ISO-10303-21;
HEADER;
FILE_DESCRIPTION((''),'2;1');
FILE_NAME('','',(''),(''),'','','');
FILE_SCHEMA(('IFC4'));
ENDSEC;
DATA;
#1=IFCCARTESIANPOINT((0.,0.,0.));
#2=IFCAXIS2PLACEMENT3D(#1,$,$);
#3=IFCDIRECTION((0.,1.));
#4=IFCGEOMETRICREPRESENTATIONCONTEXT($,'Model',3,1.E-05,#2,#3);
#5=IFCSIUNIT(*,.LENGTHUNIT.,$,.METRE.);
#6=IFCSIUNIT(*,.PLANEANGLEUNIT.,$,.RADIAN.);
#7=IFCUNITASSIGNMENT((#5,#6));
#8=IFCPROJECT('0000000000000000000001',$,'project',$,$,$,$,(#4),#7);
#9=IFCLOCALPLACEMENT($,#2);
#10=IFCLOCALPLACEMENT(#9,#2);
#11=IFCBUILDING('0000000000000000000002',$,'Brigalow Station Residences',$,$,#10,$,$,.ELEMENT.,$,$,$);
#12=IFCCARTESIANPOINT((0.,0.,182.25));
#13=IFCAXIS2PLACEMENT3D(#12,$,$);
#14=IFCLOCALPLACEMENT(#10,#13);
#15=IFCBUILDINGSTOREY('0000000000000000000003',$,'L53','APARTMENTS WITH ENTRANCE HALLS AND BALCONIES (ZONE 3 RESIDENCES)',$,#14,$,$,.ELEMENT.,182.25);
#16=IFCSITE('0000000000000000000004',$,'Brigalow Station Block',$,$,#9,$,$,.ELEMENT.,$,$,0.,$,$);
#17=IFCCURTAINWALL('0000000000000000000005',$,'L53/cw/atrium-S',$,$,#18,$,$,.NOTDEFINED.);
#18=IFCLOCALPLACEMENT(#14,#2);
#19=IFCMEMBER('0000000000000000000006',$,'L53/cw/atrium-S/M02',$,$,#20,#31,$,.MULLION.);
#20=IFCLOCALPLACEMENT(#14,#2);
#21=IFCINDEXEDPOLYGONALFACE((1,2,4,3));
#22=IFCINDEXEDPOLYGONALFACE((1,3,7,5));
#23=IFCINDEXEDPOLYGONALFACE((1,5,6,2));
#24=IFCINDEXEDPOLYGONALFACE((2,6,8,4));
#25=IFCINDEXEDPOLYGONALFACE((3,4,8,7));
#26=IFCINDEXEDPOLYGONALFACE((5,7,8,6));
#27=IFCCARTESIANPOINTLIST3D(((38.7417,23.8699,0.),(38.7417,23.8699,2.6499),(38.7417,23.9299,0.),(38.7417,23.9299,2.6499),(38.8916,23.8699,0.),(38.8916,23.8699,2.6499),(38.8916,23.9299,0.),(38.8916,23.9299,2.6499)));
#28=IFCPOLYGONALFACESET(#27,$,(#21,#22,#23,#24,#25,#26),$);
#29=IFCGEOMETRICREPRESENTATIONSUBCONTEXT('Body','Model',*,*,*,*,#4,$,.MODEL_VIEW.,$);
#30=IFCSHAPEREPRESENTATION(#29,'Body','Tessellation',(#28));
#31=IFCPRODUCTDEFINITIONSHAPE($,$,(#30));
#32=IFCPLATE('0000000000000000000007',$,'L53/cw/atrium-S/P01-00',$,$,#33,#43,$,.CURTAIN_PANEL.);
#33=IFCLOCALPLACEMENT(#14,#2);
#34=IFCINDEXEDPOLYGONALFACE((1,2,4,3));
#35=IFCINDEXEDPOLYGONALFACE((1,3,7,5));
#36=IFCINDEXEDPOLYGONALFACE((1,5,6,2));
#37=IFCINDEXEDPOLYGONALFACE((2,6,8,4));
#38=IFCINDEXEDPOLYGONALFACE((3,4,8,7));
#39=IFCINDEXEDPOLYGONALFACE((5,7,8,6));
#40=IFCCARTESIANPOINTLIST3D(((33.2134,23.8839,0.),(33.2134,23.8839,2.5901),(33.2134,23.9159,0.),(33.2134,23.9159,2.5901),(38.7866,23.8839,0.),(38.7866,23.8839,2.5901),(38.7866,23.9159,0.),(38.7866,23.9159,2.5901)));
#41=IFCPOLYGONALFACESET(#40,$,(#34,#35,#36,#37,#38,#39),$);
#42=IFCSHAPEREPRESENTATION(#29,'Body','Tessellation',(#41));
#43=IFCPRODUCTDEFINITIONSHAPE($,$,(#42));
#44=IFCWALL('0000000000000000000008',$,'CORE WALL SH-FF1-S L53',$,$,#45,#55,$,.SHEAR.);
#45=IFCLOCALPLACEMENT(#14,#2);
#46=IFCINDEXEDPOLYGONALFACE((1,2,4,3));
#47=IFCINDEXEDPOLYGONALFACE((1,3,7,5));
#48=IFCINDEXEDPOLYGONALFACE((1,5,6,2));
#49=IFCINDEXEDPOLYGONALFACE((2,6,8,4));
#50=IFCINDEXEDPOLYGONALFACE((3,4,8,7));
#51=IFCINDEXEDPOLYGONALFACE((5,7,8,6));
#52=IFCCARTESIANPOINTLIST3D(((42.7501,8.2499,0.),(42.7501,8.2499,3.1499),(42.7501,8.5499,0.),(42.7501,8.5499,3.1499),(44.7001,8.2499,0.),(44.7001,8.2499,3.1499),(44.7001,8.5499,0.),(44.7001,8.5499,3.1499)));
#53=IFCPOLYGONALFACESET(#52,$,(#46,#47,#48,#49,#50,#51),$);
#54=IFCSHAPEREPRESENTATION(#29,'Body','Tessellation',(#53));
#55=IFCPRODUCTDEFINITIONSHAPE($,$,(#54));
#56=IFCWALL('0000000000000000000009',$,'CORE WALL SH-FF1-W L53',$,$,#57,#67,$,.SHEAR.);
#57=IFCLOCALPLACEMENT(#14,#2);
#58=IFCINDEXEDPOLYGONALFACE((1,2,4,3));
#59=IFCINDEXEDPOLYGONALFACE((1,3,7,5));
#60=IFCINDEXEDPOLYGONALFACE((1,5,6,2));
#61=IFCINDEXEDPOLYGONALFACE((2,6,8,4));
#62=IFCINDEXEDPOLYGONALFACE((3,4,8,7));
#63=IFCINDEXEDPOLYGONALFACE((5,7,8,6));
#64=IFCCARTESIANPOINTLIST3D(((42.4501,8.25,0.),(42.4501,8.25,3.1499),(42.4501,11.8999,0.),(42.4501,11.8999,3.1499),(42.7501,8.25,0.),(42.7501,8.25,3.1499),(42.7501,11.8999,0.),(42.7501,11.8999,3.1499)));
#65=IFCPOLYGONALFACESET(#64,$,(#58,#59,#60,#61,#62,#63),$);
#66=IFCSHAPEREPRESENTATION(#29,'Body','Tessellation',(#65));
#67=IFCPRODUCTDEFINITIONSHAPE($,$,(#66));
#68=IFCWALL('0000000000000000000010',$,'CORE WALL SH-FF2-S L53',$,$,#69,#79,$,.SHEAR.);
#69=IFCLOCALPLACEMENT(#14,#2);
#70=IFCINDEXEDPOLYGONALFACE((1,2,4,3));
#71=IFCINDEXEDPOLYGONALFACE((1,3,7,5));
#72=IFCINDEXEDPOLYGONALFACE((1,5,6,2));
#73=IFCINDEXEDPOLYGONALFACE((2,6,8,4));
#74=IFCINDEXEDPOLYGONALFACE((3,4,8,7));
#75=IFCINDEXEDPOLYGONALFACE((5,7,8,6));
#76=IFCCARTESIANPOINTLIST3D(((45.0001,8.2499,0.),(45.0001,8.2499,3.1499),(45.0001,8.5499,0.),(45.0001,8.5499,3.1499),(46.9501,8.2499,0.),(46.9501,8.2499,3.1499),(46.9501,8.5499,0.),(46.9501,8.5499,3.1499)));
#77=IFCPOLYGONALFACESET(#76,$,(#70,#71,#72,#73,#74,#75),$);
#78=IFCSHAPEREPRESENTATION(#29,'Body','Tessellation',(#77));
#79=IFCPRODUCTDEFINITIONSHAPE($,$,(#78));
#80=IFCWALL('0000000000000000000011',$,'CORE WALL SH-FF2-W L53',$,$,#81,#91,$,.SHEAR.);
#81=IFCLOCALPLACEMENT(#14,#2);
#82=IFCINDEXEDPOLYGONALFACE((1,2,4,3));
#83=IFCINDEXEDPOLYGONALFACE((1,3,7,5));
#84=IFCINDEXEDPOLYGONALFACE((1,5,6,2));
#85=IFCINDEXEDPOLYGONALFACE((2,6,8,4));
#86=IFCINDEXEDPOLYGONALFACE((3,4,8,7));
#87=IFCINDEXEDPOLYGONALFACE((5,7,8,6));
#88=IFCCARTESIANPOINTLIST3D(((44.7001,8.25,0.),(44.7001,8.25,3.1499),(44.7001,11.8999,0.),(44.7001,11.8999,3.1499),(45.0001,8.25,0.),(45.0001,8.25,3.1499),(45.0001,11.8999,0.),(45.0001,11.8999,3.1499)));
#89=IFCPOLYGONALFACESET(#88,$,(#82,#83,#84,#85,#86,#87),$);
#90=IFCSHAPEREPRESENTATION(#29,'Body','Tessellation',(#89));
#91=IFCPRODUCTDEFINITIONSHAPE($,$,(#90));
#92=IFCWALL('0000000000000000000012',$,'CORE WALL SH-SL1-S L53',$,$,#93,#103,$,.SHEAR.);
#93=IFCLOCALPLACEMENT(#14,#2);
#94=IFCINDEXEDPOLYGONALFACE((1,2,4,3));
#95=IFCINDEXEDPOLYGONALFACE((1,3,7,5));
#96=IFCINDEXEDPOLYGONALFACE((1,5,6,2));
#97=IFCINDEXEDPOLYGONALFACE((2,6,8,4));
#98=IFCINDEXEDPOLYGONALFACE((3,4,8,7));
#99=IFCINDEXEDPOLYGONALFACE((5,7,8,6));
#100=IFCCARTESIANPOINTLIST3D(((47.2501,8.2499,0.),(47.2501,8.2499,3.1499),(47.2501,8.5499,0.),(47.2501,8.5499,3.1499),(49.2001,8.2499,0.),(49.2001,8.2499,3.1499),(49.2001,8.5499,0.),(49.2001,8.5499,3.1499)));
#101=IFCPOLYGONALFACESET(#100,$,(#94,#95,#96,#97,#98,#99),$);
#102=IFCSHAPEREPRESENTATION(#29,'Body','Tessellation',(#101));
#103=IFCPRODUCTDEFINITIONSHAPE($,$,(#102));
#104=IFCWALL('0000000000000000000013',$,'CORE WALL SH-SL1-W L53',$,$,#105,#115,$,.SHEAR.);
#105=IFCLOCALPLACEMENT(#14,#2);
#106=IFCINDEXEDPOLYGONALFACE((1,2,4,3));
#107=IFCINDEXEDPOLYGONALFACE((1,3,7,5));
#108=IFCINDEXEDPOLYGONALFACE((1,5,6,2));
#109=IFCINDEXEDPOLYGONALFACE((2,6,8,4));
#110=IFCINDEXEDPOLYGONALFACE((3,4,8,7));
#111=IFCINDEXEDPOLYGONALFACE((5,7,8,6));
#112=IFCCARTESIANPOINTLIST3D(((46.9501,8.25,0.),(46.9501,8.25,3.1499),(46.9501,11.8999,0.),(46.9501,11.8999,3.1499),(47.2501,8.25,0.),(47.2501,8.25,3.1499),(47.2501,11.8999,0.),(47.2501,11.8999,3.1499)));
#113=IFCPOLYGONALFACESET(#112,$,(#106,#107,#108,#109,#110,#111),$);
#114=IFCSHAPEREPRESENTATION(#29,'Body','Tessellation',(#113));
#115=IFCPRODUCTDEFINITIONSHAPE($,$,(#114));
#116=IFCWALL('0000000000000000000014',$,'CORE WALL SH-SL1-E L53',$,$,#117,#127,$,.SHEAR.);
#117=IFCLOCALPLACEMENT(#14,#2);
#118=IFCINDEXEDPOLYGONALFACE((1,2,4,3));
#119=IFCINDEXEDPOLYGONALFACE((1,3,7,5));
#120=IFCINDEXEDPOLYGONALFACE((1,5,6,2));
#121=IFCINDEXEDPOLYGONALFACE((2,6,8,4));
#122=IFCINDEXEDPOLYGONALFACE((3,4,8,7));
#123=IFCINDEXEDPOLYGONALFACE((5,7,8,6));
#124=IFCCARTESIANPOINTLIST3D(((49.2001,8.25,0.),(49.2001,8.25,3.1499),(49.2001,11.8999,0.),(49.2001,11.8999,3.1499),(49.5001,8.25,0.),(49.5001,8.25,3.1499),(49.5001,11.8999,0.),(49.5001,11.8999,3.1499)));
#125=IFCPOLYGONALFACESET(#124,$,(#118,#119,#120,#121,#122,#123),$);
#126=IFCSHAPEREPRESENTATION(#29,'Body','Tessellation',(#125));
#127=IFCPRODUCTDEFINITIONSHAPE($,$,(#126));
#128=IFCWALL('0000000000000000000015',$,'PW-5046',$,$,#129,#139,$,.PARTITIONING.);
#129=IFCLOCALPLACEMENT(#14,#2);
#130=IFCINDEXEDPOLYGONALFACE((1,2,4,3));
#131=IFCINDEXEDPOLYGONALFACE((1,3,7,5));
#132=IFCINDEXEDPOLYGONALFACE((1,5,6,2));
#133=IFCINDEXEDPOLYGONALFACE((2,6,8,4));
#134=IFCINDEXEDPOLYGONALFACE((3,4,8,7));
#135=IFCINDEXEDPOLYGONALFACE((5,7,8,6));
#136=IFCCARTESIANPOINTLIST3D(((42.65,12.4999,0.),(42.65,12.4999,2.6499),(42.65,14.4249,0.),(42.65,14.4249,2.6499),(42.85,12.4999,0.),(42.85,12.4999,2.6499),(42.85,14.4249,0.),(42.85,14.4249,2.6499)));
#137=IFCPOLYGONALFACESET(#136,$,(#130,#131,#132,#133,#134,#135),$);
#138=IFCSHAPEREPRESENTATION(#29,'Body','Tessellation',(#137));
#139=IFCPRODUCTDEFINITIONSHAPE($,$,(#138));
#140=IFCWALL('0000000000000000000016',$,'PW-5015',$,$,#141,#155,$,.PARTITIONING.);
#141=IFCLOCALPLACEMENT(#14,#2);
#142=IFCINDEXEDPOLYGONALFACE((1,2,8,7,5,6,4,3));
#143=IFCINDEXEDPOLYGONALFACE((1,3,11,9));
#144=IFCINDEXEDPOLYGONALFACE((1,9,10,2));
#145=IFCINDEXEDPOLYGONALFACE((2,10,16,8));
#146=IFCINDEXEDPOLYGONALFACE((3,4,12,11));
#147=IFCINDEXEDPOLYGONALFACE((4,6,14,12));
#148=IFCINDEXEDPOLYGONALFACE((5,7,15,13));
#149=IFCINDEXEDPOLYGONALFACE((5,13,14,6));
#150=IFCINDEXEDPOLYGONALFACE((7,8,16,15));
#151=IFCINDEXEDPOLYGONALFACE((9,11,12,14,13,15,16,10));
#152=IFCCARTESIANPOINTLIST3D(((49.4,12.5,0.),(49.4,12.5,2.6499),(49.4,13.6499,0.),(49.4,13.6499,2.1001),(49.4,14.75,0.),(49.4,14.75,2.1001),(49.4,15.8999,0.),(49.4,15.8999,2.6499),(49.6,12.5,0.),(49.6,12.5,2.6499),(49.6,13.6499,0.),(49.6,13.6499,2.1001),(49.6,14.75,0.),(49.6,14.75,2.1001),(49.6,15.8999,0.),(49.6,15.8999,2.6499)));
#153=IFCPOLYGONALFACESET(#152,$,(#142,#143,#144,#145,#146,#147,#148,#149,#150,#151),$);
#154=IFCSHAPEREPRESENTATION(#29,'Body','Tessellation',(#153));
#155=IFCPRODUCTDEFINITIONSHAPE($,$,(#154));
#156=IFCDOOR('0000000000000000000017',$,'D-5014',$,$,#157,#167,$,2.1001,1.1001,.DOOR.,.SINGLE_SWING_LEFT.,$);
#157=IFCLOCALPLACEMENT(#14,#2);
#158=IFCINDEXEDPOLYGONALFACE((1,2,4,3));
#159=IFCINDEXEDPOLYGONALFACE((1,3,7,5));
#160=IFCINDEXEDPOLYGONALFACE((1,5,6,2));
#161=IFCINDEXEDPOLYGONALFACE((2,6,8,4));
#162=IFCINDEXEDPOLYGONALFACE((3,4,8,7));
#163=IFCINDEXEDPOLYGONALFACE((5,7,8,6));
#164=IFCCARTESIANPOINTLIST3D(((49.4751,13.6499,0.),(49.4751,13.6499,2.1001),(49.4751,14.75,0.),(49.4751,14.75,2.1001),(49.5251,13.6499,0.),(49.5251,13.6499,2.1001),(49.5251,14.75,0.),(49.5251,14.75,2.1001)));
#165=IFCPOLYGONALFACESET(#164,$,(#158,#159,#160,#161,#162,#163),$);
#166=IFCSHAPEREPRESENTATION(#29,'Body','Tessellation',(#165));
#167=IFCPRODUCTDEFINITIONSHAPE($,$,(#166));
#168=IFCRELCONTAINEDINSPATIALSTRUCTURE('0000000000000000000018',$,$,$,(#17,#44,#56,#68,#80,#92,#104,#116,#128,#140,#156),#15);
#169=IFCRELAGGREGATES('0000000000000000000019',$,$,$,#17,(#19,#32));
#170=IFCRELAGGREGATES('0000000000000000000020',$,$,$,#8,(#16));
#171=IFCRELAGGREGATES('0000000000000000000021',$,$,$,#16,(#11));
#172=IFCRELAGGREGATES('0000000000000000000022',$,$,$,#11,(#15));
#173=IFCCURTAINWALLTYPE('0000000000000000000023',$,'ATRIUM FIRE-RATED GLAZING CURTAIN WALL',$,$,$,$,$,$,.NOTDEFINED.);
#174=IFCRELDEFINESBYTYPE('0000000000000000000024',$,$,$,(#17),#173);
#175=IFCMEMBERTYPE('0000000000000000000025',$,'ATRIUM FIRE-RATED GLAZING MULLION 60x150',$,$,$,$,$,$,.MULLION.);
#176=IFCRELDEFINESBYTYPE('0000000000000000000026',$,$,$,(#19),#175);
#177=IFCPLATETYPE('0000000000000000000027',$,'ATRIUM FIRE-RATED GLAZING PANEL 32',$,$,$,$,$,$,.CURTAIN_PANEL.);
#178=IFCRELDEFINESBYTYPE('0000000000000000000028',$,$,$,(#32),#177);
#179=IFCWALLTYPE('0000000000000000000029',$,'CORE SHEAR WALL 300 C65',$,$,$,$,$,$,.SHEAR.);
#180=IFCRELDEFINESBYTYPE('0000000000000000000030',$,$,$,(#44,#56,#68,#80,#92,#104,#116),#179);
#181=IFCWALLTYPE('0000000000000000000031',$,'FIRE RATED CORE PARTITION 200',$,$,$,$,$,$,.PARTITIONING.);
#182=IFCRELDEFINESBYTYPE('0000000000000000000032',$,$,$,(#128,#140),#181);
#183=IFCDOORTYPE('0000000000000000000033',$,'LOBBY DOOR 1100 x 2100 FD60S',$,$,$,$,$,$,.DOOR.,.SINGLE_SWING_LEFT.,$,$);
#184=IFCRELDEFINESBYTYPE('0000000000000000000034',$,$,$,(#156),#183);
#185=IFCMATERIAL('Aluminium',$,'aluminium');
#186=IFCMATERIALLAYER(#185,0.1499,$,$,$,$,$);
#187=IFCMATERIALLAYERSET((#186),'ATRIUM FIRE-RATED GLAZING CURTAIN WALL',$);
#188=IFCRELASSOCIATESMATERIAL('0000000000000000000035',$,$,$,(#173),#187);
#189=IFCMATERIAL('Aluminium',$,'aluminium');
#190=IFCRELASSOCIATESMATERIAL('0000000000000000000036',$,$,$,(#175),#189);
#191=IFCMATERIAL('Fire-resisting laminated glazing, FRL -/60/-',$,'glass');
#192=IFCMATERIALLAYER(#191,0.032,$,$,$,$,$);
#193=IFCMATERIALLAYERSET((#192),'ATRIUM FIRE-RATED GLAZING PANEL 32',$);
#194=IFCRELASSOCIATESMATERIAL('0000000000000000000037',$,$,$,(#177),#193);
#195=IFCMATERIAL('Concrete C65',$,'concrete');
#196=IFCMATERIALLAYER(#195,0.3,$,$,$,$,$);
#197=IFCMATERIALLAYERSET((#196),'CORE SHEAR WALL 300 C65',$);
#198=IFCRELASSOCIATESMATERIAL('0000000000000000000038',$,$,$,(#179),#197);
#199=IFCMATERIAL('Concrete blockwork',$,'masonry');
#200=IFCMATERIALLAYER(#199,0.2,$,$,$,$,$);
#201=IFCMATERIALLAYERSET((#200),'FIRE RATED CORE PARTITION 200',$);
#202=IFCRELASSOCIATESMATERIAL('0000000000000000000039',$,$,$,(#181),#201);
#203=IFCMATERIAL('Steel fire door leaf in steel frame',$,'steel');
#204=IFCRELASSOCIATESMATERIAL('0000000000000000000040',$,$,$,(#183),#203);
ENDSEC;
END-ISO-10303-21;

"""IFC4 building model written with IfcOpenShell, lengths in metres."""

from ifc_helpers import new_model, si_unit, direction, frame, frame_2d, origin, origin_2d, place, context, subcontext, project, spatial, rectangle, extrude, material, layer, layer_set, material_profile, profile_set, type_object, element, fill, aggregate, save


model = new_model("IFC4")

# Units and contexts
model_context = context("Model", 3, precision=1e-05, world=origin(), true_north=direction((0.0, 1.0)))
body_context = subcontext(model_context, "Body", "Model", "MODEL_VIEW")
ifc_project = project(units=[si_unit("LENGTHUNIT", "METRE"), si_unit("PLANEANGLEUNIT", "RADIAN")], contexts=[model_context])

# Site, building, storey
site_placement = place(None, origin())
site = spatial("IfcSite", under=ifc_project, at=site_placement, Name="Brigalow Station Block", CompositionType="ELEMENT", RefElevation=0.0)
building_placement = place(site_placement, origin())
building = spatial("IfcBuilding", under=site, at=building_placement, Name="Brigalow Station Residences", CompositionType="ELEMENT")
storey_placement = place(building_placement, frame((0.0, 0.0, 182.25)))
storey = spatial("IfcBuildingStorey", under=building, at=storey_placement, Name="L53", Description="APARTMENTS WITH ENTRANCE HALLS AND BALCONIES (ZONE 3 RESIDENCES)", CompositionType="ELEMENT", Elevation=182.25)

# Curtain wall, member, plate
ifc_material_1 = material(Name="Aluminium", Category="aluminium")
ifc_layer_1 = layer(ifc_material_1, 0.1499)
ifc_layer_set_1 = layer_set([ifc_layer_1], Name="ATRIUM FIRE-RATED GLAZING CURTAIN WALL")
curtain_wall_type = type_object("IfcCurtainWallType", Name="ATRIUM FIRE-RATED GLAZING CURTAIN WALL", PredefinedType="NOTDEFINED", material=ifc_layer_set_1)
curtain_wall_placement = place(storey_placement, origin())
curtain_wall = element("IfcCurtainWall", 1, at=curtain_wall_placement, inside=storey, type_object=curtain_wall_type, Name="L53/cw/atrium-S", PredefinedType="NOTDEFINED")
ifc_material_2 = material(Name="Aluminium", Category="aluminium")
ifc_material_profile = material_profile(ifc_material_2, rectangle(XDim=0.0601, YDim=0.1499, at=origin_2d()), Name="ATRIUM FIRE-RATED GLAZING MULLION 60x150")
ifc_profile_set = profile_set([ifc_material_profile], Name="Aluminium")
member_type = type_object("IfcMemberType", Name="ATRIUM FIRE-RATED GLAZING MULLION 60x150", PredefinedType="MULLION", material=ifc_profile_set)
member_placement = place(storey_placement, frame((38.8167, 23.8999, 0.0), z_axis=(0.0, 0.0, 1.0), x_axis=(0.0, 1.0, 0.0)))
member = element("IfcMember", 2, at=member_placement, type_object=member_type, Name="L53/cw/atrium-S/M02", PredefinedType="MULLION", context=body_context, shape_type="SweptSolid", body=[
    extrude(rectangle(XDim=0.0601, YDim=0.1499, at=origin_2d()), origin(), (0.0, 0.0, 1.0), 2.6499),
])
ifc_material_3 = material(Name="Fire-resisting laminated glazing, FRL -/60/-", Category="glass")
ifc_layer_2 = layer(ifc_material_3, 0.032)
ifc_layer_set_2 = layer_set([ifc_layer_2], Name="ATRIUM FIRE-RATED GLAZING PANEL 32")
plate_type = type_object("IfcPlateType", Name="ATRIUM FIRE-RATED GLAZING PANEL 32", PredefinedType="CURTAIN_PANEL", material=ifc_layer_set_2)
plate_placement = place(storey_placement, frame((36.0, 23.8999, 0.0), z_axis=(0.0, 0.0, 1.0), x_axis=(1.0, 0.0, 0.0)))
plate = element("IfcPlate", 3, at=plate_placement, type_object=plate_type, Name="L53/cw/atrium-S/P01-00", PredefinedType="CURTAIN_PANEL", context=body_context, shape_type="SweptSolid", body=[
    extrude(rectangle(XDim=5.5732, YDim=0.032, at=origin_2d()), origin(), (0.0, 0.0, 1.0), 2.5901),
])
aggregate(curtain_wall, [member, plate])

# Walls
ifc_material_4 = material(Name="Concrete C65", Category="concrete")
ifc_layer_3 = layer(ifc_material_4, 0.3)
ifc_layer_set_3 = layer_set([ifc_layer_3], Name="CORE SHEAR WALL 300 C65")
wall_type_1 = type_object("IfcWallType", Name="CORE SHEAR WALL 300 C65", PredefinedType="SHEAR", material=ifc_layer_set_3)
wall_1_placement = place(storey_placement, frame((42.75, 8.3999, 0.0), z_axis=(0.0, 0.0, 1.0), x_axis=(1.0, 0.0, 0.0)))
element("IfcWall", 4, at=wall_1_placement, inside=storey, type_object=wall_type_1, Name="CORE WALL SH-FF1-S L53", PredefinedType="SHEAR", context=body_context, shape_type="SweptSolid", body=[
    extrude(rectangle(XDim=1.95, YDim=0.3, at=frame_2d((0.9751, 0.0))), origin(), (0.0, 0.0, 1.0), 3.1499),
])
wall_2_placement = place(storey_placement, frame((42.6001, 8.25, 0.0), z_axis=(0.0, 0.0, 1.0), x_axis=(0.0, 1.0, 0.0)))
element("IfcWall", 5, at=wall_2_placement, inside=storey, type_object=wall_type_1, Name="CORE WALL SH-FF1-W L53", PredefinedType="SHEAR", context=body_context, shape_type="SweptSolid", body=[
    extrude(rectangle(XDim=3.6499, YDim=0.3, at=frame_2d((1.825, 0.0))), origin(), (0.0, 0.0, 1.0), 3.1499),
])
wall_3_placement = place(storey_placement, frame((45.0, 8.3999, 0.0), z_axis=(0.0, 0.0, 1.0), x_axis=(1.0, 0.0, 0.0)))
element("IfcWall", 6, at=wall_3_placement, inside=storey, type_object=wall_type_1, Name="CORE WALL SH-FF2-S L53", PredefinedType="SHEAR", context=body_context, shape_type="SweptSolid", body=[
    extrude(rectangle(XDim=1.95, YDim=0.3, at=frame_2d((0.9751, 0.0))), origin(), (0.0, 0.0, 1.0), 3.1499),
])
wall_4_placement = place(storey_placement, frame((44.8501, 8.25, 0.0), z_axis=(0.0, 0.0, 1.0), x_axis=(0.0, 1.0, 0.0)))
element("IfcWall", 7, at=wall_4_placement, inside=storey, type_object=wall_type_1, Name="CORE WALL SH-FF2-W L53", PredefinedType="SHEAR", context=body_context, shape_type="SweptSolid", body=[
    extrude(rectangle(XDim=3.6499, YDim=0.3, at=frame_2d((1.825, 0.0))), origin(), (0.0, 0.0, 1.0), 3.1499),
])
wall_5_placement = place(storey_placement, frame((47.25, 8.3999, 0.0), z_axis=(0.0, 0.0, 1.0), x_axis=(1.0, 0.0, 0.0)))
element("IfcWall", 8, at=wall_5_placement, inside=storey, type_object=wall_type_1, Name="CORE WALL SH-SL1-S L53", PredefinedType="SHEAR", context=body_context, shape_type="SweptSolid", body=[
    extrude(rectangle(XDim=1.95, YDim=0.3, at=frame_2d((0.9751, 0.0))), origin(), (0.0, 0.0, 1.0), 3.1499),
])
for number, where, z_axis, x_axis, name in (
    (9, (47.1001, 8.25, 0.0), (0.0, 0.0, 1.0), (0.0, 1.0, 0.0), "CORE WALL SH-SL1-W L53"),
    (10, (49.3501, 8.25, 0.0), (0.0, 0.0, 1.0), (0.0, 1.0, 0.0), "CORE WALL SH-SL1-E L53"),
):
    element("IfcWall", number, at=place(storey_placement, frame(where, z_axis=z_axis, x_axis=x_axis)), inside=storey, type_object=wall_type_1, Name=name, PredefinedType="SHEAR", context=body_context, shape_type="SweptSolid", body=[
        extrude(rectangle(XDim=3.6499, YDim=0.3, at=frame_2d((1.825, 0.0))), origin(), (0.0, 0.0, 1.0), 3.1499),
    ])
ifc_material_5 = material(Name="Concrete blockwork", Category="masonry")
ifc_layer_4 = layer(ifc_material_5, 0.2)
ifc_layer_set_4 = layer_set([ifc_layer_4], Name="FIRE RATED CORE PARTITION 200")
wall_type_2 = type_object("IfcWallType", Name="FIRE RATED CORE PARTITION 200", PredefinedType="PARTITIONING", material=ifc_layer_set_4)
wall_6_placement = place(storey_placement, frame((42.75, 12.5, 0.0), z_axis=(0.0, 0.0, 1.0), x_axis=(0.0, 1.0, 0.0)))
element("IfcWall", 11, at=wall_6_placement, inside=storey, type_object=wall_type_2, Name="PW-5046", PredefinedType="PARTITIONING", context=body_context, shape_type="SweptSolid", body=[
    extrude(rectangle(XDim=1.925, YDim=0.2, at=frame_2d((0.9624, 0.0))), origin(), (0.0, 0.0, 1.0), 2.6499),
])

# Wall, opening, door
wall_7_placement = place(storey_placement, frame((49.5, 12.5, 0.0), z_axis=(0.0, 0.0, 1.0), x_axis=(0.0, 1.0, 0.0)))
wall_7 = element("IfcWall", 12, at=wall_7_placement, inside=storey, type_object=wall_type_2, Name="PW-5015", PredefinedType="PARTITIONING", context=body_context, shape_type="SweptSolid", body=[
    extrude(rectangle(XDim=3.3999, YDim=0.2, at=frame_2d((1.7, 0.0))), origin(), (0.0, 0.0, 1.0), 2.6499),
])
opening_1_placement = place(wall_7_placement, frame((1.1499, 0.0, 0.0)))
opening_1 = element("IfcOpeningElement", 13, at=opening_1_placement, cuts=wall_7, PredefinedType="OPENING", context=body_context, shape_type="SweptSolid", body=[
    extrude(rectangle(XDim=1.1001, YDim=2.1001, at=frame_2d((0.55, 1.05))), frame((0.0, 0.1099, 0.0), z_axis=(0.0, -1.0, 0.0), x_axis=(1.0, 0.0, 0.0)), (0.0, 0.0, 1.0), 0.22),
])
ifc_material_6 = material(Name="Steel fire door leaf in steel frame", Category="steel")
door_type_1 = type_object("IfcDoorType", Name="LOBBY DOOR 1100 x 2100 FD60S", OperationType="SINGLE_SWING_LEFT", PredefinedType="DOOR", material=ifc_material_6)
door_1_placement = place(opening_1_placement, origin())
door_1 = element("IfcDoor", 14, at=door_1_placement, inside=storey, type_object=door_type_1, Name="D-5014", OperationType="SINGLE_SWING_LEFT", OverallHeight=2.1001, OverallWidth=1.1001, PredefinedType="DOOR", context=body_context, shape_type="SweptSolid", body=[
    extrude(rectangle(XDim=1.1001, YDim=2.1001, at=frame_2d((0.55, 1.05))), frame((0.0, 0.0249, 0.0), z_axis=(0.0, -1.0, 0.0), x_axis=(1.0, 0.0, 0.0)), (0.0, 0.0, 1.0), 0.05),
])
fill(opening_1, door_1)

save(model, "model.ifc")
